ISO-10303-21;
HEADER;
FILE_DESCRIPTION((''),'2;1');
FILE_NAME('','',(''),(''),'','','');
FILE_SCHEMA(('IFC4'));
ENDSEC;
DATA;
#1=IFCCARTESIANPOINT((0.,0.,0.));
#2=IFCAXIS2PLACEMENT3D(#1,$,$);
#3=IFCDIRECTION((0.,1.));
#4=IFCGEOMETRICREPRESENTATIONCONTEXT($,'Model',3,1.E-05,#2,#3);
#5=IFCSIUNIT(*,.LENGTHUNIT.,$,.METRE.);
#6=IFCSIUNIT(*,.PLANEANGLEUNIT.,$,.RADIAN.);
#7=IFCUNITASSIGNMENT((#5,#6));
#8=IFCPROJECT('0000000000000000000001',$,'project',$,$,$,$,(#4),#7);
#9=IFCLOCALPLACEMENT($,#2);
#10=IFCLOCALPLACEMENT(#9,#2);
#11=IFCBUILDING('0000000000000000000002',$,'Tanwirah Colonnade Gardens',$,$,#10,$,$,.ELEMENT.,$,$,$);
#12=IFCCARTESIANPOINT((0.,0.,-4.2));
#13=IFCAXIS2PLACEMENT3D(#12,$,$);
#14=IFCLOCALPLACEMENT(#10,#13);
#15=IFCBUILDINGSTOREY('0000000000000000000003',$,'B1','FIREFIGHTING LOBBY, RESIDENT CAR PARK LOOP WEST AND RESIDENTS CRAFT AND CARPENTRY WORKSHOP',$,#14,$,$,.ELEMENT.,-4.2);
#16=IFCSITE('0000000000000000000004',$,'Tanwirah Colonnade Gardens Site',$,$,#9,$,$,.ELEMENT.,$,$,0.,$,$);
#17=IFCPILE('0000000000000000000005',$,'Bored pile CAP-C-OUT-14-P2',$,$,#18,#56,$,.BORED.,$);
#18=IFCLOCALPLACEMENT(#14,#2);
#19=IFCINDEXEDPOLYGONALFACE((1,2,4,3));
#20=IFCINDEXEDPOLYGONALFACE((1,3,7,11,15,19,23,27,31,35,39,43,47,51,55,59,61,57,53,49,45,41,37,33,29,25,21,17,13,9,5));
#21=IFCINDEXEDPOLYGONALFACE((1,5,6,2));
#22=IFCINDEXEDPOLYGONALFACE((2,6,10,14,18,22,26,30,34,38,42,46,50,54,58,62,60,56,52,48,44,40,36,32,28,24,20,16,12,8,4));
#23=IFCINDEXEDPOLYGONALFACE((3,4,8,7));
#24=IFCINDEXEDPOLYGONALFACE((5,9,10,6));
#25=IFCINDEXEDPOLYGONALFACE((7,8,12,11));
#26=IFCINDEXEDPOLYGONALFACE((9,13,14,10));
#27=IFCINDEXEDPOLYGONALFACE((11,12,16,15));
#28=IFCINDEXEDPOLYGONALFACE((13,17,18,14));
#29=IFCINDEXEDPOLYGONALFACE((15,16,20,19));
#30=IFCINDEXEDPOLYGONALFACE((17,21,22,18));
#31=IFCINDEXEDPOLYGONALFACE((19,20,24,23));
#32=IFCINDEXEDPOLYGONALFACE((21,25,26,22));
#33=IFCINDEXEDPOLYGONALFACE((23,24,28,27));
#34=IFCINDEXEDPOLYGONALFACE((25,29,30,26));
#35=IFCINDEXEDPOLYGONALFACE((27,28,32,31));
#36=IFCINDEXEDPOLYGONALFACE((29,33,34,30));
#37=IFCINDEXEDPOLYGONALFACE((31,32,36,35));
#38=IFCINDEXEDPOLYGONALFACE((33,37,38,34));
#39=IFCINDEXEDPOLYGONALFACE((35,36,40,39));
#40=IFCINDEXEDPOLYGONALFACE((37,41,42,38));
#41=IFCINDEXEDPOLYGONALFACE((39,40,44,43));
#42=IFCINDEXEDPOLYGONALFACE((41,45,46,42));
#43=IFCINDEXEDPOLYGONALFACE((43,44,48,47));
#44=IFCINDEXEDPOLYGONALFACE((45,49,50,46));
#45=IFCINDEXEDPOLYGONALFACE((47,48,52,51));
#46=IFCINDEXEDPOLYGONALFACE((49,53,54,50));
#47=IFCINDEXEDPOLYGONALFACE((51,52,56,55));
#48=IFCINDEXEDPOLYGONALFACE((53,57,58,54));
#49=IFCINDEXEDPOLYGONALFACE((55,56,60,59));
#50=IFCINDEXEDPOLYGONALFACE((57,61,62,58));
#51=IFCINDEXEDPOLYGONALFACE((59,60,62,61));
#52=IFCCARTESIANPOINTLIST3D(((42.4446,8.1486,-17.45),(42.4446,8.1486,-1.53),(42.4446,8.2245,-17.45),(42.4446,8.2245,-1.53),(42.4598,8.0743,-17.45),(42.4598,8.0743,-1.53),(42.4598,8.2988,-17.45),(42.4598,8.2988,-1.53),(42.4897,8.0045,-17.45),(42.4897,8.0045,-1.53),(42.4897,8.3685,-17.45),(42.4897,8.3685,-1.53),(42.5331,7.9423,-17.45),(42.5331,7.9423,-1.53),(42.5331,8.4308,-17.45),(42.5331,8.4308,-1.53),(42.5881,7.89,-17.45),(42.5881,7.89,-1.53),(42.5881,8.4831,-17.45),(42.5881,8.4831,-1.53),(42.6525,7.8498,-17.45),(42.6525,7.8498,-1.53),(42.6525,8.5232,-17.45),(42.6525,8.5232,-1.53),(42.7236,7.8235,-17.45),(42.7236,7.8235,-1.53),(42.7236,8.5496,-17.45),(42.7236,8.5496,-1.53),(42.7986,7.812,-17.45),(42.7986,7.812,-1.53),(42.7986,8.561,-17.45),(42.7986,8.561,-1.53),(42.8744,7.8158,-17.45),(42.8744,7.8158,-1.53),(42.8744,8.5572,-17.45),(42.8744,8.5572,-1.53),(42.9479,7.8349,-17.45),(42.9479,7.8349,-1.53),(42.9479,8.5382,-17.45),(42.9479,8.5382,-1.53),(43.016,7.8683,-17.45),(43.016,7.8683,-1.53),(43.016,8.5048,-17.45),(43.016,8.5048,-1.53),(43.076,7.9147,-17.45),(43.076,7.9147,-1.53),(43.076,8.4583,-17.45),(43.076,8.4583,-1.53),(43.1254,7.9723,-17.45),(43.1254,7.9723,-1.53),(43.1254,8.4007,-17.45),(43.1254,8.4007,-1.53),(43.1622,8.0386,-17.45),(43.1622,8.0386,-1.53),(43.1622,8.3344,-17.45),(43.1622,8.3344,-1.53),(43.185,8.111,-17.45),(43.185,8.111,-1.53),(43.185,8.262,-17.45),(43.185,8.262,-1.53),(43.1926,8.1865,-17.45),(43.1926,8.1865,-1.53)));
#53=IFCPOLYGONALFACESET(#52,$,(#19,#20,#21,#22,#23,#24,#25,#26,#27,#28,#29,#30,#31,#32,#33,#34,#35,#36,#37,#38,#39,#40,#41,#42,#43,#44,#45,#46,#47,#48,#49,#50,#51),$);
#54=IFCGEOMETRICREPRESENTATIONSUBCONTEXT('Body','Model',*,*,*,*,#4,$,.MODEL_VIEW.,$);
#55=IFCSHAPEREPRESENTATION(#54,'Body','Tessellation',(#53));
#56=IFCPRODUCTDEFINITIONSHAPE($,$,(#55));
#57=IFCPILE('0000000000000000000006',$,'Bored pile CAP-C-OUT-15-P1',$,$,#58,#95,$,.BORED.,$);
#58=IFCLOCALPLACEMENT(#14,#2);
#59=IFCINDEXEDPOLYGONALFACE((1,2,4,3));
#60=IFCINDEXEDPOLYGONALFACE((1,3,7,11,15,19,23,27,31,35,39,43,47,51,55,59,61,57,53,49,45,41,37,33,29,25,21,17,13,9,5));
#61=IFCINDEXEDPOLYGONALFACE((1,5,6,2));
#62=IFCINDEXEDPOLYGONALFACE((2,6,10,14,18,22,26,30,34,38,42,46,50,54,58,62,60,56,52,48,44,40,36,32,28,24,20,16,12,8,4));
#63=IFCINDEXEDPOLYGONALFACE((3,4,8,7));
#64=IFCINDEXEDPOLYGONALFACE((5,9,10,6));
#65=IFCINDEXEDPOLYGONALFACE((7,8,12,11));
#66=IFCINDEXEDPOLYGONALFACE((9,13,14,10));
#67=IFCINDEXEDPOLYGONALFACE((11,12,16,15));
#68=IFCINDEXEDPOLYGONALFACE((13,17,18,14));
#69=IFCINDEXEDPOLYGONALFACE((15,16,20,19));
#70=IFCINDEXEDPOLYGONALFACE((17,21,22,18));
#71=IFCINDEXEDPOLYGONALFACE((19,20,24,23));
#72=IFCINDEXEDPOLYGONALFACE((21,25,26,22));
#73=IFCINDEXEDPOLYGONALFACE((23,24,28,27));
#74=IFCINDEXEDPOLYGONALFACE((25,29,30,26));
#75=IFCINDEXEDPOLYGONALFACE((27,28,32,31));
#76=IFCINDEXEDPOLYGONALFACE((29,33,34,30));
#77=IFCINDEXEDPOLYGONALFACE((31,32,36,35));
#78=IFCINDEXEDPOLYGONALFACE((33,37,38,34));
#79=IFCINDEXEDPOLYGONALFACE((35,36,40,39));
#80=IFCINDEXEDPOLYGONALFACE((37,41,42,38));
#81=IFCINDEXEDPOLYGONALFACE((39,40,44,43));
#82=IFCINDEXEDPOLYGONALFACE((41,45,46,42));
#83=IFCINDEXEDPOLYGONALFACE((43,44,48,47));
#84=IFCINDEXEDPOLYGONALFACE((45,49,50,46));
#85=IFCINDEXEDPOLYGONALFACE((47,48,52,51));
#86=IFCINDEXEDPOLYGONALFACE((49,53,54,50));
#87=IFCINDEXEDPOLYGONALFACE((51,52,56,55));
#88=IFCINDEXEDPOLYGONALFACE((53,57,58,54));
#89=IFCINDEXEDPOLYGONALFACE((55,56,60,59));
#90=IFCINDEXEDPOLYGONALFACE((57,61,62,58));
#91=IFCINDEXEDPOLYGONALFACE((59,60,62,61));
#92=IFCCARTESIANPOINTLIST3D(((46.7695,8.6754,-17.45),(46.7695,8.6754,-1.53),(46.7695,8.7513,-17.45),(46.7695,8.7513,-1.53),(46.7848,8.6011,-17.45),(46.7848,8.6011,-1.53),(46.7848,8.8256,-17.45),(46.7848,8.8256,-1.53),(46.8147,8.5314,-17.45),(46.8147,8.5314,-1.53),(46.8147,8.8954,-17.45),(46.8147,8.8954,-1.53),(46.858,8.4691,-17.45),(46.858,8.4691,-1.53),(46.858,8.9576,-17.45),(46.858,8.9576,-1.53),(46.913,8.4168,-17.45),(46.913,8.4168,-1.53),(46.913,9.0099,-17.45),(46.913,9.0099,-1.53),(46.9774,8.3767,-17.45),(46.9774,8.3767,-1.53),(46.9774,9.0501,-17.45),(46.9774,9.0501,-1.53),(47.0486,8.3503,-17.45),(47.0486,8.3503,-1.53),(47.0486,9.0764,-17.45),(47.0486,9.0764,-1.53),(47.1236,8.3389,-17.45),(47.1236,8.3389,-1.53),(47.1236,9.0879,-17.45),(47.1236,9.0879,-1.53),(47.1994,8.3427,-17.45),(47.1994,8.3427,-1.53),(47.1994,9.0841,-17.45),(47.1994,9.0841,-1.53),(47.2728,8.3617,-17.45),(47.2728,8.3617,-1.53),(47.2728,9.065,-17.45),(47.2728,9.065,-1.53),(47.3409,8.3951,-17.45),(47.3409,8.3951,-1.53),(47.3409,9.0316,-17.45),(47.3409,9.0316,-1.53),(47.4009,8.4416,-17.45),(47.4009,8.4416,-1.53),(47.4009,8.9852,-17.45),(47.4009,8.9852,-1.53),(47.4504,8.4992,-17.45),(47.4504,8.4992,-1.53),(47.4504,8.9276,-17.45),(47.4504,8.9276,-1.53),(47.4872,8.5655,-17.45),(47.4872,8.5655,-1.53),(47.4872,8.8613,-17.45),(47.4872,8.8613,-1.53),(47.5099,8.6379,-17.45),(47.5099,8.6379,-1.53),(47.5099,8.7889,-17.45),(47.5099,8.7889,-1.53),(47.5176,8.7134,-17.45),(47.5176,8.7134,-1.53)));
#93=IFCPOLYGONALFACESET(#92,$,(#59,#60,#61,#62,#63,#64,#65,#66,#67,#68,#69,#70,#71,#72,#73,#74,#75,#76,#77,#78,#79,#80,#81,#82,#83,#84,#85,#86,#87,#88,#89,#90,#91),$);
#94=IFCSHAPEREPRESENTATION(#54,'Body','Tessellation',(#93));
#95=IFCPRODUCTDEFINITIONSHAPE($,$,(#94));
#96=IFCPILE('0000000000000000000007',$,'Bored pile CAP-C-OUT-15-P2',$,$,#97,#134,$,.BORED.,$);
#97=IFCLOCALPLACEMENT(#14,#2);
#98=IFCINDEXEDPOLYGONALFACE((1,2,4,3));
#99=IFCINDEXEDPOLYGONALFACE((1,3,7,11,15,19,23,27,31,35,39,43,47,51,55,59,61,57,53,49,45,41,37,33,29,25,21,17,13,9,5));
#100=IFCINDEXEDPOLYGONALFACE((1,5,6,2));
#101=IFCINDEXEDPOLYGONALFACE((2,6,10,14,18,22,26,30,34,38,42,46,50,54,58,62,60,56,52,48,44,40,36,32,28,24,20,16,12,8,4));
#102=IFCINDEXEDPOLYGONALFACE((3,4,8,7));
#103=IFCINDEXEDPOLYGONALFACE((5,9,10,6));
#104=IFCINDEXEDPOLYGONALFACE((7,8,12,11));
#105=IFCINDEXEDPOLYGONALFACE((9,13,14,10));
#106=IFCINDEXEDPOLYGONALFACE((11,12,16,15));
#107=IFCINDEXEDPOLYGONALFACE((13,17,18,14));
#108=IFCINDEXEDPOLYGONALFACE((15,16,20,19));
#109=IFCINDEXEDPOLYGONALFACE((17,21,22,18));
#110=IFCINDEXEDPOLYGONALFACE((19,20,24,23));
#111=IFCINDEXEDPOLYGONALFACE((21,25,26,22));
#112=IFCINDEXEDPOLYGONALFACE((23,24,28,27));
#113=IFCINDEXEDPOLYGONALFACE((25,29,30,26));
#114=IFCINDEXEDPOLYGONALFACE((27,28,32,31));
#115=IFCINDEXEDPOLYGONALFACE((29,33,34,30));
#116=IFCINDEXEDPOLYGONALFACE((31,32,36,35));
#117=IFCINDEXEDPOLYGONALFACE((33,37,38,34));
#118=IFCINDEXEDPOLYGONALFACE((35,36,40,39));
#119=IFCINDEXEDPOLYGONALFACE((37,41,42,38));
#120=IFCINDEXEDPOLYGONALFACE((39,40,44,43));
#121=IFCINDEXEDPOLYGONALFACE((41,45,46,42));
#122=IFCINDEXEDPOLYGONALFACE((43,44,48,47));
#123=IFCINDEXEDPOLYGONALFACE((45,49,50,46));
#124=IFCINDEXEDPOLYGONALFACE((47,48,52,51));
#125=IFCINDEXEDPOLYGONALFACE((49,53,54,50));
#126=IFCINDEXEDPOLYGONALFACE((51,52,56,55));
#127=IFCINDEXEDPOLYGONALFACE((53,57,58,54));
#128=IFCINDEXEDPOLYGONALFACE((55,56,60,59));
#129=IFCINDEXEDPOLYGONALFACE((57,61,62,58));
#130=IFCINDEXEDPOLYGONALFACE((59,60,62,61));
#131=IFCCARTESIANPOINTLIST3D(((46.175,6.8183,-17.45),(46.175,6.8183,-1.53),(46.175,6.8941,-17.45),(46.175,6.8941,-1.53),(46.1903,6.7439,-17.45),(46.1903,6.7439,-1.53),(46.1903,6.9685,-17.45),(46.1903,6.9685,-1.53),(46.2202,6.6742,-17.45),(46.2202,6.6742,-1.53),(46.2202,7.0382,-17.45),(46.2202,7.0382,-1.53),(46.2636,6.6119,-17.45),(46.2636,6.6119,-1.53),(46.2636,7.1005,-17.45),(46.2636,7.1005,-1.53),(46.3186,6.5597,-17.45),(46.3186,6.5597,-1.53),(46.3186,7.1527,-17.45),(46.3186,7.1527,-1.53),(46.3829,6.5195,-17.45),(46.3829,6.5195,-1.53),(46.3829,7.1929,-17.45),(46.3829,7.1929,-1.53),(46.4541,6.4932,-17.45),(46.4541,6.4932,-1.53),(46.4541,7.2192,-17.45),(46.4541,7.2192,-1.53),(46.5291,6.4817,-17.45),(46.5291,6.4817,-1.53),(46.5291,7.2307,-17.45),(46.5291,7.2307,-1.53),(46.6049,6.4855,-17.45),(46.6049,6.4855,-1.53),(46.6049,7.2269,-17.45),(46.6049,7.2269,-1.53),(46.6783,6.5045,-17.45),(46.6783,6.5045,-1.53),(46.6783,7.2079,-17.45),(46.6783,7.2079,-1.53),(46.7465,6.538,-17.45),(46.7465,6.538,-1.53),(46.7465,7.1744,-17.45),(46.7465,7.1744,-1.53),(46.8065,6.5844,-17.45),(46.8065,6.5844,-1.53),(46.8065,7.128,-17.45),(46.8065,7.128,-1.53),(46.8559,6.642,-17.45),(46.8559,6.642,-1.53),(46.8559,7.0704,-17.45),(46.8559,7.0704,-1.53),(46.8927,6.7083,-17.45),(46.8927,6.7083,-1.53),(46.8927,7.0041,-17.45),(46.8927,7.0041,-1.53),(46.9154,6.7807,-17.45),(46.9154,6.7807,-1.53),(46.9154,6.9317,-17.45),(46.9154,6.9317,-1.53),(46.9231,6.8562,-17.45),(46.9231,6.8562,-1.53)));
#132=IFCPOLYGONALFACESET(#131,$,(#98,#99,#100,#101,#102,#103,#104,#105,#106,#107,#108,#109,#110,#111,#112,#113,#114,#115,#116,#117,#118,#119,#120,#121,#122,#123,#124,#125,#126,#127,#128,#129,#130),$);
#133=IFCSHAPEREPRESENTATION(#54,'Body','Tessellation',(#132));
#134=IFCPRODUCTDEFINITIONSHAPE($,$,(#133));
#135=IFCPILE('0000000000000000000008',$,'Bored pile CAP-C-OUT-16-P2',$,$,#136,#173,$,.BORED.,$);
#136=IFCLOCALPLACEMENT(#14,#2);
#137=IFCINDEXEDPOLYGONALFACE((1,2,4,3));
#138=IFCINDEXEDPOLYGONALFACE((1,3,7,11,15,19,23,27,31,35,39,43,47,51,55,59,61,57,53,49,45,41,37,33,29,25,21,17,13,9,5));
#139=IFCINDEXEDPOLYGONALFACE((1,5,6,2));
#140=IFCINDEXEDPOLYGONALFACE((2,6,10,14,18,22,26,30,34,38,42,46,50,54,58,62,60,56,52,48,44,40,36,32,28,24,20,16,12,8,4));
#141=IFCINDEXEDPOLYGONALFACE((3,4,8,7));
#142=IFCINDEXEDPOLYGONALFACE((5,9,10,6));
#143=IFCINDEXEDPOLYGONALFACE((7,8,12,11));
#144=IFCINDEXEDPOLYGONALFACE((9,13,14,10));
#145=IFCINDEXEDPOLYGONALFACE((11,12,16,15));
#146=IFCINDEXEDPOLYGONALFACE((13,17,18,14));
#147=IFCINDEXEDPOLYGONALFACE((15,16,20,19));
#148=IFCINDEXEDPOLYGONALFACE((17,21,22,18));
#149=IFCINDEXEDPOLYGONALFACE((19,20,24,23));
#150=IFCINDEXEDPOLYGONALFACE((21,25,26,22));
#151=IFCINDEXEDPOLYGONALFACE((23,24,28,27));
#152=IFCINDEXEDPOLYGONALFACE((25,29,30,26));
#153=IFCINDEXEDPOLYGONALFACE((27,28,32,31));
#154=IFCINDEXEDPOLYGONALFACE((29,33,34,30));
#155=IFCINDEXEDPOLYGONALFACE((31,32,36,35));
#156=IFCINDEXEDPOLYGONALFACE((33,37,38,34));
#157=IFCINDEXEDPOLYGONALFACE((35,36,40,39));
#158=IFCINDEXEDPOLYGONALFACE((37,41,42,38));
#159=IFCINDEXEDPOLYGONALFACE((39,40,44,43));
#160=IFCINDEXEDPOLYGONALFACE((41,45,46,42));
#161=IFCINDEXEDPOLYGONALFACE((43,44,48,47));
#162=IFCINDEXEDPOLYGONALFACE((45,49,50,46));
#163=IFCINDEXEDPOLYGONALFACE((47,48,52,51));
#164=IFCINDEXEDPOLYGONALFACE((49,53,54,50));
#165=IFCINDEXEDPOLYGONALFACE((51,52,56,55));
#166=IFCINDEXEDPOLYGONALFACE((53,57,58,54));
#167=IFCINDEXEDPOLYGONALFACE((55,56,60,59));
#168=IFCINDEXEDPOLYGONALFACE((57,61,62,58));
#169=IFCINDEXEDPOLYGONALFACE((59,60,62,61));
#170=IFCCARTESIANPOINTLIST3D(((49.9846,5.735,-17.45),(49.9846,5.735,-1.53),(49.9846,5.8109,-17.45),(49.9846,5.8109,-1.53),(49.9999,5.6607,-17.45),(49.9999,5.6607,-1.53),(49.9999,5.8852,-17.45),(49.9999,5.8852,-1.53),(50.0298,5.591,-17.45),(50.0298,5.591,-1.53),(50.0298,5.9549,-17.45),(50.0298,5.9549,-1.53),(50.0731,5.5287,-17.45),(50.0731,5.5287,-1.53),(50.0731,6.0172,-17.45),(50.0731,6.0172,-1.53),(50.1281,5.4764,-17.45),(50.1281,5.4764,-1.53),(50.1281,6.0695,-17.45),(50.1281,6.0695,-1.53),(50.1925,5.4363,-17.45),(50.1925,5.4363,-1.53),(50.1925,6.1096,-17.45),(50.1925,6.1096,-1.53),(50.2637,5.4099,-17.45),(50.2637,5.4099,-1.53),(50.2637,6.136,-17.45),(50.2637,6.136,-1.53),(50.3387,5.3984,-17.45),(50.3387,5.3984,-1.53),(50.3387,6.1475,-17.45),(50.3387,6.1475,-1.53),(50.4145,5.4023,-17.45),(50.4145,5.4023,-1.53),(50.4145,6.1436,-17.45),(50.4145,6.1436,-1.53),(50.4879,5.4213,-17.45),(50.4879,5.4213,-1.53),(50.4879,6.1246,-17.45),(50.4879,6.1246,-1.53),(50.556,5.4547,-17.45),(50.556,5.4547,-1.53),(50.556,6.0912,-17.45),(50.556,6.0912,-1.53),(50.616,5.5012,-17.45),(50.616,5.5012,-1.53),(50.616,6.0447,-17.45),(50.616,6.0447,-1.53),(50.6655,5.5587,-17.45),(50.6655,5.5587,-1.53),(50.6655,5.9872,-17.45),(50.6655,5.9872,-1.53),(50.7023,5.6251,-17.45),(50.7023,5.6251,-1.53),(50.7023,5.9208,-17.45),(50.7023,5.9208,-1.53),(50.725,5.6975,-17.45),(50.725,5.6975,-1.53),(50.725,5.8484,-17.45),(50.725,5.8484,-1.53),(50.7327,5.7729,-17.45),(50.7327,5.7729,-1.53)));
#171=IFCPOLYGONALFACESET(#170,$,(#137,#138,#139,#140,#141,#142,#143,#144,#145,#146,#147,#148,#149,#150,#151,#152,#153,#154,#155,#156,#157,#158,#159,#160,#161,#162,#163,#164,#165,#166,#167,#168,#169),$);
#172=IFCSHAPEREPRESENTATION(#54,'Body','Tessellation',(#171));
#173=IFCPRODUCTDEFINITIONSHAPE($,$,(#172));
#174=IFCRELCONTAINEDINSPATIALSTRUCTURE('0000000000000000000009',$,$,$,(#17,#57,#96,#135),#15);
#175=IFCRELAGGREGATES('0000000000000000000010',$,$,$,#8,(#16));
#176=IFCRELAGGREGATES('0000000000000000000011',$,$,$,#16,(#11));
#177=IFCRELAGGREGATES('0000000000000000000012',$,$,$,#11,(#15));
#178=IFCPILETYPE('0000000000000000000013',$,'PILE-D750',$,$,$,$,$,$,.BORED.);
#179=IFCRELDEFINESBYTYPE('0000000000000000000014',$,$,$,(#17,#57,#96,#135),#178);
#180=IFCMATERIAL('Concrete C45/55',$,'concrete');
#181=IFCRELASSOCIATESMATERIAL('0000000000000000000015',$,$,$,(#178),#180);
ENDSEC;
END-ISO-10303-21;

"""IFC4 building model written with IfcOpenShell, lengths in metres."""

from ifc_helpers import new_model, si_unit, direction, frame, origin, origin_2d, place, context, subcontext, project, spatial, circle, extrude, material, material_profile, profile_set, type_object, element, save


model = new_model("IFC4")

# Units and contexts
model_context = context("Model", 3, precision=1e-05, world=origin(), true_north=direction((0.0, 1.0)))
body_context = subcontext(model_context, "Body", "Model", "MODEL_VIEW")
ifc_project = project(units=[si_unit("LENGTHUNIT", "METRE"), si_unit("PLANEANGLEUNIT", "RADIAN")], contexts=[model_context])

# Site, building, storey
site_placement = place(None, origin())
site = spatial("IfcSite", under=ifc_project, at=site_placement, Name="Tanwirah Colonnade Gardens Site", CompositionType="ELEMENT", RefElevation=0.0)
building_placement = place(site_placement, origin())
building = spatial("IfcBuilding", under=site, at=building_placement, Name="Tanwirah Colonnade Gardens", CompositionType="ELEMENT")
storey_placement = place(building_placement, frame((0.0, 0.0, -4.2)))
storey = spatial("IfcBuildingStorey", under=building, at=storey_placement, Name="B1", Description="FIREFIGHTING LOBBY, RESIDENT CAR PARK LOOP WEST AND RESIDENTS CRAFT AND CARPENTRY WORKSHOP", CompositionType="ELEMENT", Elevation=-4.2)

# Shared definitions
ifc_material_1 = material(Name="Concrete C45/55", Category="concrete")

# Piles
ifc_material_profile_1 = material_profile(ifc_material_1, circle(Radius=0.375, at=origin_2d()), Name="PILE D750")
ifc_profile_set_1 = profile_set([ifc_material_profile_1], Name="Concrete C45/55")
pile_type_1 = type_object("IfcPileType", Name="PILE-D750", PredefinedType="BORED", material=ifc_profile_set_1)
for number, where, z_axis, x_axis, name in (
    (1, (42.8176, 8.1865, -1.53), (0.0, 0.0, -1.0), (1.0, 0.0, 0.0), "Bored pile CAP-C-OUT-14-P2"),
    (2, (47.1426, 8.7134, -1.53), (0.0, 0.0, -1.0), (1.0, 0.0, 0.0), "Bored pile CAP-C-OUT-15-P1"),
    (3, (46.5481, 6.8562, -1.53), (0.0, 0.0, -1.0), (1.0, 0.0, 0.0), "Bored pile CAP-C-OUT-15-P2"),
    (4, (50.3577, 5.7729, -1.53), (0.0, 0.0, -1.0), (1.0, 0.0, 0.0), "Bored pile CAP-C-OUT-16-P2"),
):
    element("IfcPile", number, at=place(storey_placement, frame(where, z_axis=z_axis, x_axis=x_axis)), inside=storey, type_object=pile_type_1, Name=name, PredefinedType="BORED", context=body_context, shape_type="SweptSolid", body=[
        extrude(circle(Radius=0.375, at=origin_2d()), origin(), (0.0, 0.0, 1.0), 15.9199),
    ])

save(model, "model.ifc")
